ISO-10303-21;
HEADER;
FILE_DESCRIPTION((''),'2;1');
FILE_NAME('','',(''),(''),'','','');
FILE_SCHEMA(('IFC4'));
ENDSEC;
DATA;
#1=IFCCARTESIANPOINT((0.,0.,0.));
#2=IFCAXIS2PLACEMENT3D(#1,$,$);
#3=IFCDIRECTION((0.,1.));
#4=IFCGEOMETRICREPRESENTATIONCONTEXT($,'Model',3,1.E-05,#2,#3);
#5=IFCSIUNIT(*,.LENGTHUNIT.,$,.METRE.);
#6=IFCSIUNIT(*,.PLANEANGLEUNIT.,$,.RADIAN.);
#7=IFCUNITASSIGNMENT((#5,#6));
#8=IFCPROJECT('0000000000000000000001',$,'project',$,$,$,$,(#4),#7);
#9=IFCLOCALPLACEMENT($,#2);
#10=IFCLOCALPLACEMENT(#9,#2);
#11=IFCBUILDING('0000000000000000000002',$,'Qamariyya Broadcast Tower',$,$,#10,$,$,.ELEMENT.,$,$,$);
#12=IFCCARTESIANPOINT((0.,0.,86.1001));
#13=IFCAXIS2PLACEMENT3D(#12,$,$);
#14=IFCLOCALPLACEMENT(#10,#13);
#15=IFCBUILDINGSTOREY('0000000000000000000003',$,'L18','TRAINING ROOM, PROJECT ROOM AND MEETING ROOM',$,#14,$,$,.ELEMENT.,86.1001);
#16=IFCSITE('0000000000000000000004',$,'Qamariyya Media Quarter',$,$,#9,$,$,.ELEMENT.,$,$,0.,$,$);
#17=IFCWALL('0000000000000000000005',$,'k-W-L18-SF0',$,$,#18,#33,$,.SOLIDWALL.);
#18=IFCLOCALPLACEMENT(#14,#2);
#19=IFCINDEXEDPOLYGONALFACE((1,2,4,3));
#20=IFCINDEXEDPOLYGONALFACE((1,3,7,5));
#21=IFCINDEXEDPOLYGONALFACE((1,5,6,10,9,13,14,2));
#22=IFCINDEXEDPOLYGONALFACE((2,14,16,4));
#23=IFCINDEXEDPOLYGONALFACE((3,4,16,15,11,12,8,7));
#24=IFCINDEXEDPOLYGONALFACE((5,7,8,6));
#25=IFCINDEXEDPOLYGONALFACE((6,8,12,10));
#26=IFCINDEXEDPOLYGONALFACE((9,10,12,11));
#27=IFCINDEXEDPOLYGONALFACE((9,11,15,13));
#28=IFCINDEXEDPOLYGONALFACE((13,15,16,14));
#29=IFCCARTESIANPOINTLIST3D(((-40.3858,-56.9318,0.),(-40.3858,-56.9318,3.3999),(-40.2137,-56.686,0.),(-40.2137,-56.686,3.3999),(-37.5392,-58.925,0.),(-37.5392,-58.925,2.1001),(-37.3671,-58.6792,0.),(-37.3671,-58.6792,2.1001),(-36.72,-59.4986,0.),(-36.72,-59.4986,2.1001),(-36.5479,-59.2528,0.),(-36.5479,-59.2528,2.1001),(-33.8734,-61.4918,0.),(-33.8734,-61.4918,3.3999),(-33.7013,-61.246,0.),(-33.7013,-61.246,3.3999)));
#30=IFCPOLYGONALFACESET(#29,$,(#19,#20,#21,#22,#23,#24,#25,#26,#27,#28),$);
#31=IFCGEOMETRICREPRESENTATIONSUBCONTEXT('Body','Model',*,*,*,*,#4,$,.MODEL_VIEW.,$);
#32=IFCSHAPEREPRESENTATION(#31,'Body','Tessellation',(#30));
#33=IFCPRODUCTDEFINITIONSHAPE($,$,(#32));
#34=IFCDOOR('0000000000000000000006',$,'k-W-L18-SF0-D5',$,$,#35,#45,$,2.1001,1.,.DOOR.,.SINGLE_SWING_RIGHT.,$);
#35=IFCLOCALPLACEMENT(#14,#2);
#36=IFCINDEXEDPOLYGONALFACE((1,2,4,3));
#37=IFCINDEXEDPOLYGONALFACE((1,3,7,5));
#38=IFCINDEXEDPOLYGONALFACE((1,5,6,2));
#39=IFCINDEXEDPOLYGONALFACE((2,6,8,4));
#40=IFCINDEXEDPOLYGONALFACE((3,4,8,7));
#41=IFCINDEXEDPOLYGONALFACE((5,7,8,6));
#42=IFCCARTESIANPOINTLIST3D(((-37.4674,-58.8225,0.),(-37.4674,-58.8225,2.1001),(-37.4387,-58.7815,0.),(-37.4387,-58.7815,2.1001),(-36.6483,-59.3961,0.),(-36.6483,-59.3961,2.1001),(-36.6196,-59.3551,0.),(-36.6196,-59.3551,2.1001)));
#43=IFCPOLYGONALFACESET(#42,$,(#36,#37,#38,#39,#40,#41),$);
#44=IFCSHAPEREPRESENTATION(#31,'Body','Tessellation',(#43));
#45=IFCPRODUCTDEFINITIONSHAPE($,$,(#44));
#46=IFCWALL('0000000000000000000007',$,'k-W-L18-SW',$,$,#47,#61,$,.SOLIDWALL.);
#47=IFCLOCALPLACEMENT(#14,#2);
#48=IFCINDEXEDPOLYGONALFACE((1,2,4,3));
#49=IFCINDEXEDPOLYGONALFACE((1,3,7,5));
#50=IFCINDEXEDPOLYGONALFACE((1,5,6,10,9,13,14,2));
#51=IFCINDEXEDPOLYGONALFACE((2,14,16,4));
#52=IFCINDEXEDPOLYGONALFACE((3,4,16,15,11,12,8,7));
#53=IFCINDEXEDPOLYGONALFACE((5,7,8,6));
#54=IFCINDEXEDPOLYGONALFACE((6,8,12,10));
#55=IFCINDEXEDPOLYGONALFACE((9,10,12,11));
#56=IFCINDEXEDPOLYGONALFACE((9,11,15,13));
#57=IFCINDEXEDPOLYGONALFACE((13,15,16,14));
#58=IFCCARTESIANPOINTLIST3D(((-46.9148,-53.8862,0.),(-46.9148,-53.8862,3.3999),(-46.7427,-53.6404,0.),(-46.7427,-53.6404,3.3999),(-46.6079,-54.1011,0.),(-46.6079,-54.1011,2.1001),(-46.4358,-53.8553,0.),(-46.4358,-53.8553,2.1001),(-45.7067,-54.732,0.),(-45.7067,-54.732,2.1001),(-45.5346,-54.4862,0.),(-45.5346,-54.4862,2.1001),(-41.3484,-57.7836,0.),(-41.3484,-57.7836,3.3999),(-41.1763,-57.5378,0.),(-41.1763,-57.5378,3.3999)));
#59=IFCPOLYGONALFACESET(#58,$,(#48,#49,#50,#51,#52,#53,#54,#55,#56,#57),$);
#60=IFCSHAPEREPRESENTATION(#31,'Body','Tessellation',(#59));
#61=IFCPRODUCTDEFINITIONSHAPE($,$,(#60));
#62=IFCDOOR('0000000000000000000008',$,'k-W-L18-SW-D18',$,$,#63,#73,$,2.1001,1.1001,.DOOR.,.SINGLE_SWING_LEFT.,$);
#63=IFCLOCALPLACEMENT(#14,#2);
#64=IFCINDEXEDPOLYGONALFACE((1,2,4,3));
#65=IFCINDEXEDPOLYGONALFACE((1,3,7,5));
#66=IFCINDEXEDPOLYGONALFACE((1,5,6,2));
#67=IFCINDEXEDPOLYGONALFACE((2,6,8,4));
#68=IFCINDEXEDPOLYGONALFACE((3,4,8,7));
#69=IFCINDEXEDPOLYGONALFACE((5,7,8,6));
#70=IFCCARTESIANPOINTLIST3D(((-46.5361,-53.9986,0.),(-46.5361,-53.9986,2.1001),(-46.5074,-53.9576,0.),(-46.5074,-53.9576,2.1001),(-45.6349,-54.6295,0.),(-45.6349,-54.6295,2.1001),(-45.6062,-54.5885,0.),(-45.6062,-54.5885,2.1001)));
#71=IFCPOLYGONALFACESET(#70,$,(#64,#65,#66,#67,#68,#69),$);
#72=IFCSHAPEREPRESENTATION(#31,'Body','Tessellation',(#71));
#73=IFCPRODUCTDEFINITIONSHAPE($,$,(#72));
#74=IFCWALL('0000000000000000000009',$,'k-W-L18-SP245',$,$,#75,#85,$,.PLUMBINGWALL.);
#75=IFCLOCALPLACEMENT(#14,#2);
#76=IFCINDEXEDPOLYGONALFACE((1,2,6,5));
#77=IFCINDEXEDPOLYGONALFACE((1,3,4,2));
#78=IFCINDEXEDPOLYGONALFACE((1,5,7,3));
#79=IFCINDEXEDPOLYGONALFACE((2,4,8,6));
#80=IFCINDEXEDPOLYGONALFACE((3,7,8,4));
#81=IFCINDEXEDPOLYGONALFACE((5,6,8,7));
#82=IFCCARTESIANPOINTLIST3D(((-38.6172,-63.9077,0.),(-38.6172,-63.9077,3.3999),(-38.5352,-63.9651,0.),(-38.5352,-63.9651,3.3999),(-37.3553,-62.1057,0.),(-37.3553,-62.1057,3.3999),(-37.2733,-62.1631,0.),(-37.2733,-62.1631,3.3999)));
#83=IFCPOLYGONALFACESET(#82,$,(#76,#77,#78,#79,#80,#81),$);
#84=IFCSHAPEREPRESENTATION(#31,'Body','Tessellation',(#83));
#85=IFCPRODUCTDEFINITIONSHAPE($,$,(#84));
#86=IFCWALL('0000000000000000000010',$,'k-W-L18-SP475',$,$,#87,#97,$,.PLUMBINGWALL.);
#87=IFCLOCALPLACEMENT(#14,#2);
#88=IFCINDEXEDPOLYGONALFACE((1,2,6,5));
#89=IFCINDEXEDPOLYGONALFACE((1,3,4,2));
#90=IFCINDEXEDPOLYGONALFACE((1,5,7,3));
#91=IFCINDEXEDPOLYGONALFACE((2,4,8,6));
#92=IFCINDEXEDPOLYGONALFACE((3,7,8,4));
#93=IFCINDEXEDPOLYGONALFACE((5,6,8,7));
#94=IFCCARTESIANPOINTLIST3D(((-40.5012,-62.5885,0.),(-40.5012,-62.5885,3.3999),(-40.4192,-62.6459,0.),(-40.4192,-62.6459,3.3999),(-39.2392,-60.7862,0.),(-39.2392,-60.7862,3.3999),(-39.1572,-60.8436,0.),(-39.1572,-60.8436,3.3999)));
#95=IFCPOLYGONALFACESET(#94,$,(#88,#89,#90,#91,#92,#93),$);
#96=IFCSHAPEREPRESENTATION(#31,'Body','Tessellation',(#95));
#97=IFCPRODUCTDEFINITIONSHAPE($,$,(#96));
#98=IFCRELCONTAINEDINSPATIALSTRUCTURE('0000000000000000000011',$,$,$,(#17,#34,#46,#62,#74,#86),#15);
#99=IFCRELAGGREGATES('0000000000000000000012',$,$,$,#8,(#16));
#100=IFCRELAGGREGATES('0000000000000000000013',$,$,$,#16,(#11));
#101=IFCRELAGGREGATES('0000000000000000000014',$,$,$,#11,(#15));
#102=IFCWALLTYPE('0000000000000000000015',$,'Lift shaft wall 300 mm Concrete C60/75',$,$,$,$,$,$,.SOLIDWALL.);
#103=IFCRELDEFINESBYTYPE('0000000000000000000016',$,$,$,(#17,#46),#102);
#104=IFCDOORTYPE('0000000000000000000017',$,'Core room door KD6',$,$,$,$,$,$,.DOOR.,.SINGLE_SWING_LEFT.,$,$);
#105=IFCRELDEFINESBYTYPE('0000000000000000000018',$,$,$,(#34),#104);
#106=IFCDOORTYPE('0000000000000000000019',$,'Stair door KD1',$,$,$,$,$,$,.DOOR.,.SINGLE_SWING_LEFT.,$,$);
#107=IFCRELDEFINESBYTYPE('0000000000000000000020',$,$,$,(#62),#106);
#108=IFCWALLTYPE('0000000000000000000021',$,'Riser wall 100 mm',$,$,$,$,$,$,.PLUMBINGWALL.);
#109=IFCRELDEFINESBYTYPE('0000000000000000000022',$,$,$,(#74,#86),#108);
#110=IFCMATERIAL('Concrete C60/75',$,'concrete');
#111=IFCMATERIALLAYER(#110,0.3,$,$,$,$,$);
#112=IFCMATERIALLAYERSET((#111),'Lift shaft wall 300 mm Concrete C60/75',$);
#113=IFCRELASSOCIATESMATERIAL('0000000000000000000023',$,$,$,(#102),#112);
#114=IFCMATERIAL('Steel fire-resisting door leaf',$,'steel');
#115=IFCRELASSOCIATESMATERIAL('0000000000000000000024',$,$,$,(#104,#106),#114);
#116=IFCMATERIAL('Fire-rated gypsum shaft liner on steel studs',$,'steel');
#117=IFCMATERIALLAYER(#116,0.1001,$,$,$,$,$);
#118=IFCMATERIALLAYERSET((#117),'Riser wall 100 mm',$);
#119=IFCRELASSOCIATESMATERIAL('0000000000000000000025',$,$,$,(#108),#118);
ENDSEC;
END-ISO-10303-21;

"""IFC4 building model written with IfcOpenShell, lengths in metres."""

from ifc_helpers import new_model, si_unit, direction, frame, frame_2d, origin, place, context, subcontext, project, spatial, rectangle, extrude, material, layer, layer_set, type_object, element, fill, save


model = new_model("IFC4")

# Units and contexts
model_context = context("Model", 3, precision=1e-05, world=origin(), true_north=direction((0.0, 1.0)))
body_context = subcontext(model_context, "Body", "Model", "MODEL_VIEW")
ifc_project = project(units=[si_unit("LENGTHUNIT", "METRE"), si_unit("PLANEANGLEUNIT", "RADIAN")], contexts=[model_context])

# Site, building, storey
site_placement = place(None, origin())
site = spatial("IfcSite", under=ifc_project, at=site_placement, Name="Qamariyya Media Quarter", CompositionType="ELEMENT", RefElevation=0.0)
building_placement = place(site_placement, origin())
building = spatial("IfcBuilding", under=site, at=building_placement, Name="Qamariyya Broadcast Tower", CompositionType="ELEMENT")
storey_placement = place(building_placement, frame((0.0, 0.0, 86.1001)))
storey = spatial("IfcBuildingStorey", under=building, at=storey_placement, Name="L18", Description="TRAINING ROOM, PROJECT ROOM AND MEETING ROOM", CompositionType="ELEMENT", Elevation=86.1001)

# Shared definitions
ifc_material_1 = material(Name="Concrete C60/75", Category="concrete")
ifc_layer_1 = layer(ifc_material_1, 0.3)
ifc_layer_set_1 = layer_set([ifc_layer_1], Name="Lift shaft wall 300 mm Concrete C60/75")
wall_type_1 = type_object("IfcWallType", Name="Lift shaft wall 300 mm Concrete C60/75", PredefinedType="SOLIDWALL", material=ifc_layer_set_1)
ifc_material_2 = material(Name="Steel fire-resisting door leaf", Category="steel")

# Walls, openings, doors
wall_1_placement = place(storey_placement, frame((-33.7874, -61.3689, 0.0), z_axis=(0.0, 0.0, 1.0), x_axis=(-0.819153, 0.573576, 0.0)))
wall_1 = element("IfcWall", 1, at=wall_1_placement, inside=storey, type_object=wall_type_1, Name="k-W-L18-SF0", PredefinedType="SOLIDWALL", context=body_context, shape_type="SweptSolid", body=[
    extrude(rectangle(XDim=7.9502, YDim=0.3, at=frame_2d((3.9751, 0.0))), origin(), (0.0, 0.0, 1.0), 3.3999),
])
opening_1_placement = place(wall_1_placement, frame((3.4751, 0.0, 0.0)))
opening_1 = element("IfcOpeningElement", 2, at=opening_1_placement, cuts=wall_1, PredefinedType="OPENING", context=body_context, shape_type="SweptSolid", body=[
    extrude(rectangle(XDim=1.0, YDim=2.1001, at=frame_2d((0.5, 1.05))), frame((0.0, 0.1599, 0.0), z_axis=(0.0, -1.0, 0.0), x_axis=(1.0, 0.0, 0.0)), (0.0, 0.0, 1.0), 0.3201),
])
door_type_1 = type_object("IfcDoorType", Name="Core room door KD6", OperationType="SINGLE_SWING_LEFT", PredefinedType="DOOR", material=ifc_material_2)
door_1_placement = place(opening_1_placement, origin())
door_1 = element("IfcDoor", 3, at=door_1_placement, inside=storey, type_object=door_type_1, Name="k-W-L18-SF0-D5", OperationType="SINGLE_SWING_RIGHT", OverallHeight=2.1001, OverallWidth=1.0, PredefinedType="DOOR", context=body_context, shape_type="SweptSolid", body=[
    extrude(rectangle(XDim=1.0, YDim=2.1001, at=frame_2d((0.5, 1.05))), frame((0.0, 0.0249, 0.0), z_axis=(0.0, -1.0, 0.0), x_axis=(1.0, 0.0, 0.0)), (0.0, 0.0, 1.0), 0.05),
])
fill(opening_1, door_1)
wall_2_placement = place(storey_placement, frame((-41.2625, -57.6606, 0.0), z_axis=(0.0, 0.0, 1.0), x_axis=(-0.819164, 0.573559, 0.0)))
wall_2 = element("IfcWall", 4, at=wall_2_placement, inside=storey, type_object=wall_type_1, Name="k-W-L18-SW", PredefinedType="SOLIDWALL", context=body_context, shape_type="SweptSolid", body=[
    extrude(rectangle(XDim=6.7952, YDim=0.3, at=frame_2d((3.3975, 0.0))), origin(), (0.0, 0.0, 1.0), 3.3999),
])
opening_2_placement = place(wall_2_placement, frame((5.3203, 0.0, 0.0)))
opening_2 = element("IfcOpeningElement", 5, at=opening_2_placement, cuts=wall_2, PredefinedType="OPENING", context=body_context, shape_type="SweptSolid", body=[
    extrude(rectangle(XDim=1.1001, YDim=2.1001, at=frame_2d((0.55, 1.05))), frame((0.0, 0.1599, 0.0), z_axis=(0.0, -1.0, 0.0), x_axis=(1.0, 0.0, 0.0)), (0.0, 0.0, 1.0), 0.3201),
])
door_type_2 = type_object("IfcDoorType", Name="Stair door KD1", OperationType="SINGLE_SWING_LEFT", PredefinedType="DOOR", material=ifc_material_2)
door_2_placement = place(opening_2_placement, origin())
door_2 = element("IfcDoor", 6, at=door_2_placement, inside=storey, type_object=door_type_2, Name="k-W-L18-SW-D18", OperationType="SINGLE_SWING_LEFT", OverallHeight=2.1001, OverallWidth=1.1001, PredefinedType="DOOR", context=body_context, shape_type="SweptSolid", body=[
    extrude(rectangle(XDim=1.1001, YDim=2.1001, at=frame_2d((0.55, 1.05))), frame((0.0, 0.0249, 0.0), z_axis=(0.0, -1.0, 0.0), x_axis=(1.0, 0.0, 0.0)), (0.0, 0.0, 1.0), 0.05),
])
fill(opening_2, door_2)

# Walls
ifc_material_3 = material(Name="Fire-rated gypsum shaft liner on steel studs", Category="steel")
ifc_layer_2 = layer(ifc_material_3, 0.1001)
ifc_layer_set_2 = layer_set([ifc_layer_2], Name="Riser wall 100 mm")
wall_type_2 = type_object("IfcWallType", Name="Riser wall 100 mm", PredefinedType="PLUMBINGWALL", material=ifc_layer_set_2)
wall_3_placement = place(storey_placement, frame((-37.3142, -62.1343, 0.0), z_axis=(0.0, 0.0, 1.0), x_axis=(-0.573634, -0.819112, 0.0)))
element("IfcWall", 7, at=wall_3_placement, inside=storey, type_object=wall_type_2, Name="k-W-L18-SP245", PredefinedType="PLUMBINGWALL", context=body_context, shape_type="SweptSolid", body=[
    extrude(rectangle(XDim=2.2, YDim=0.1001, at=frame_2d((1.1001, 0.0))), origin(), (0.0, 0.0, 1.0), 3.3999),
])
wall_4_placement = place(storey_placement, frame((-39.1982, -60.8149, 0.0), z_axis=(0.0, 0.0, 1.0), x_axis=(-0.573581, -0.819149, 0.0)))
element("IfcWall", 8, at=wall_4_placement, inside=storey, type_object=wall_type_2, Name="k-W-L18-SP475", PredefinedType="PLUMBINGWALL", context=body_context, shape_type="SweptSolid", body=[
    extrude(rectangle(XDim=2.2002, YDim=0.1001, at=frame_2d((1.1001, 0.0))), origin(), (0.0, 0.0, 1.0), 3.3999),
])

save(model, "model.ifc")
